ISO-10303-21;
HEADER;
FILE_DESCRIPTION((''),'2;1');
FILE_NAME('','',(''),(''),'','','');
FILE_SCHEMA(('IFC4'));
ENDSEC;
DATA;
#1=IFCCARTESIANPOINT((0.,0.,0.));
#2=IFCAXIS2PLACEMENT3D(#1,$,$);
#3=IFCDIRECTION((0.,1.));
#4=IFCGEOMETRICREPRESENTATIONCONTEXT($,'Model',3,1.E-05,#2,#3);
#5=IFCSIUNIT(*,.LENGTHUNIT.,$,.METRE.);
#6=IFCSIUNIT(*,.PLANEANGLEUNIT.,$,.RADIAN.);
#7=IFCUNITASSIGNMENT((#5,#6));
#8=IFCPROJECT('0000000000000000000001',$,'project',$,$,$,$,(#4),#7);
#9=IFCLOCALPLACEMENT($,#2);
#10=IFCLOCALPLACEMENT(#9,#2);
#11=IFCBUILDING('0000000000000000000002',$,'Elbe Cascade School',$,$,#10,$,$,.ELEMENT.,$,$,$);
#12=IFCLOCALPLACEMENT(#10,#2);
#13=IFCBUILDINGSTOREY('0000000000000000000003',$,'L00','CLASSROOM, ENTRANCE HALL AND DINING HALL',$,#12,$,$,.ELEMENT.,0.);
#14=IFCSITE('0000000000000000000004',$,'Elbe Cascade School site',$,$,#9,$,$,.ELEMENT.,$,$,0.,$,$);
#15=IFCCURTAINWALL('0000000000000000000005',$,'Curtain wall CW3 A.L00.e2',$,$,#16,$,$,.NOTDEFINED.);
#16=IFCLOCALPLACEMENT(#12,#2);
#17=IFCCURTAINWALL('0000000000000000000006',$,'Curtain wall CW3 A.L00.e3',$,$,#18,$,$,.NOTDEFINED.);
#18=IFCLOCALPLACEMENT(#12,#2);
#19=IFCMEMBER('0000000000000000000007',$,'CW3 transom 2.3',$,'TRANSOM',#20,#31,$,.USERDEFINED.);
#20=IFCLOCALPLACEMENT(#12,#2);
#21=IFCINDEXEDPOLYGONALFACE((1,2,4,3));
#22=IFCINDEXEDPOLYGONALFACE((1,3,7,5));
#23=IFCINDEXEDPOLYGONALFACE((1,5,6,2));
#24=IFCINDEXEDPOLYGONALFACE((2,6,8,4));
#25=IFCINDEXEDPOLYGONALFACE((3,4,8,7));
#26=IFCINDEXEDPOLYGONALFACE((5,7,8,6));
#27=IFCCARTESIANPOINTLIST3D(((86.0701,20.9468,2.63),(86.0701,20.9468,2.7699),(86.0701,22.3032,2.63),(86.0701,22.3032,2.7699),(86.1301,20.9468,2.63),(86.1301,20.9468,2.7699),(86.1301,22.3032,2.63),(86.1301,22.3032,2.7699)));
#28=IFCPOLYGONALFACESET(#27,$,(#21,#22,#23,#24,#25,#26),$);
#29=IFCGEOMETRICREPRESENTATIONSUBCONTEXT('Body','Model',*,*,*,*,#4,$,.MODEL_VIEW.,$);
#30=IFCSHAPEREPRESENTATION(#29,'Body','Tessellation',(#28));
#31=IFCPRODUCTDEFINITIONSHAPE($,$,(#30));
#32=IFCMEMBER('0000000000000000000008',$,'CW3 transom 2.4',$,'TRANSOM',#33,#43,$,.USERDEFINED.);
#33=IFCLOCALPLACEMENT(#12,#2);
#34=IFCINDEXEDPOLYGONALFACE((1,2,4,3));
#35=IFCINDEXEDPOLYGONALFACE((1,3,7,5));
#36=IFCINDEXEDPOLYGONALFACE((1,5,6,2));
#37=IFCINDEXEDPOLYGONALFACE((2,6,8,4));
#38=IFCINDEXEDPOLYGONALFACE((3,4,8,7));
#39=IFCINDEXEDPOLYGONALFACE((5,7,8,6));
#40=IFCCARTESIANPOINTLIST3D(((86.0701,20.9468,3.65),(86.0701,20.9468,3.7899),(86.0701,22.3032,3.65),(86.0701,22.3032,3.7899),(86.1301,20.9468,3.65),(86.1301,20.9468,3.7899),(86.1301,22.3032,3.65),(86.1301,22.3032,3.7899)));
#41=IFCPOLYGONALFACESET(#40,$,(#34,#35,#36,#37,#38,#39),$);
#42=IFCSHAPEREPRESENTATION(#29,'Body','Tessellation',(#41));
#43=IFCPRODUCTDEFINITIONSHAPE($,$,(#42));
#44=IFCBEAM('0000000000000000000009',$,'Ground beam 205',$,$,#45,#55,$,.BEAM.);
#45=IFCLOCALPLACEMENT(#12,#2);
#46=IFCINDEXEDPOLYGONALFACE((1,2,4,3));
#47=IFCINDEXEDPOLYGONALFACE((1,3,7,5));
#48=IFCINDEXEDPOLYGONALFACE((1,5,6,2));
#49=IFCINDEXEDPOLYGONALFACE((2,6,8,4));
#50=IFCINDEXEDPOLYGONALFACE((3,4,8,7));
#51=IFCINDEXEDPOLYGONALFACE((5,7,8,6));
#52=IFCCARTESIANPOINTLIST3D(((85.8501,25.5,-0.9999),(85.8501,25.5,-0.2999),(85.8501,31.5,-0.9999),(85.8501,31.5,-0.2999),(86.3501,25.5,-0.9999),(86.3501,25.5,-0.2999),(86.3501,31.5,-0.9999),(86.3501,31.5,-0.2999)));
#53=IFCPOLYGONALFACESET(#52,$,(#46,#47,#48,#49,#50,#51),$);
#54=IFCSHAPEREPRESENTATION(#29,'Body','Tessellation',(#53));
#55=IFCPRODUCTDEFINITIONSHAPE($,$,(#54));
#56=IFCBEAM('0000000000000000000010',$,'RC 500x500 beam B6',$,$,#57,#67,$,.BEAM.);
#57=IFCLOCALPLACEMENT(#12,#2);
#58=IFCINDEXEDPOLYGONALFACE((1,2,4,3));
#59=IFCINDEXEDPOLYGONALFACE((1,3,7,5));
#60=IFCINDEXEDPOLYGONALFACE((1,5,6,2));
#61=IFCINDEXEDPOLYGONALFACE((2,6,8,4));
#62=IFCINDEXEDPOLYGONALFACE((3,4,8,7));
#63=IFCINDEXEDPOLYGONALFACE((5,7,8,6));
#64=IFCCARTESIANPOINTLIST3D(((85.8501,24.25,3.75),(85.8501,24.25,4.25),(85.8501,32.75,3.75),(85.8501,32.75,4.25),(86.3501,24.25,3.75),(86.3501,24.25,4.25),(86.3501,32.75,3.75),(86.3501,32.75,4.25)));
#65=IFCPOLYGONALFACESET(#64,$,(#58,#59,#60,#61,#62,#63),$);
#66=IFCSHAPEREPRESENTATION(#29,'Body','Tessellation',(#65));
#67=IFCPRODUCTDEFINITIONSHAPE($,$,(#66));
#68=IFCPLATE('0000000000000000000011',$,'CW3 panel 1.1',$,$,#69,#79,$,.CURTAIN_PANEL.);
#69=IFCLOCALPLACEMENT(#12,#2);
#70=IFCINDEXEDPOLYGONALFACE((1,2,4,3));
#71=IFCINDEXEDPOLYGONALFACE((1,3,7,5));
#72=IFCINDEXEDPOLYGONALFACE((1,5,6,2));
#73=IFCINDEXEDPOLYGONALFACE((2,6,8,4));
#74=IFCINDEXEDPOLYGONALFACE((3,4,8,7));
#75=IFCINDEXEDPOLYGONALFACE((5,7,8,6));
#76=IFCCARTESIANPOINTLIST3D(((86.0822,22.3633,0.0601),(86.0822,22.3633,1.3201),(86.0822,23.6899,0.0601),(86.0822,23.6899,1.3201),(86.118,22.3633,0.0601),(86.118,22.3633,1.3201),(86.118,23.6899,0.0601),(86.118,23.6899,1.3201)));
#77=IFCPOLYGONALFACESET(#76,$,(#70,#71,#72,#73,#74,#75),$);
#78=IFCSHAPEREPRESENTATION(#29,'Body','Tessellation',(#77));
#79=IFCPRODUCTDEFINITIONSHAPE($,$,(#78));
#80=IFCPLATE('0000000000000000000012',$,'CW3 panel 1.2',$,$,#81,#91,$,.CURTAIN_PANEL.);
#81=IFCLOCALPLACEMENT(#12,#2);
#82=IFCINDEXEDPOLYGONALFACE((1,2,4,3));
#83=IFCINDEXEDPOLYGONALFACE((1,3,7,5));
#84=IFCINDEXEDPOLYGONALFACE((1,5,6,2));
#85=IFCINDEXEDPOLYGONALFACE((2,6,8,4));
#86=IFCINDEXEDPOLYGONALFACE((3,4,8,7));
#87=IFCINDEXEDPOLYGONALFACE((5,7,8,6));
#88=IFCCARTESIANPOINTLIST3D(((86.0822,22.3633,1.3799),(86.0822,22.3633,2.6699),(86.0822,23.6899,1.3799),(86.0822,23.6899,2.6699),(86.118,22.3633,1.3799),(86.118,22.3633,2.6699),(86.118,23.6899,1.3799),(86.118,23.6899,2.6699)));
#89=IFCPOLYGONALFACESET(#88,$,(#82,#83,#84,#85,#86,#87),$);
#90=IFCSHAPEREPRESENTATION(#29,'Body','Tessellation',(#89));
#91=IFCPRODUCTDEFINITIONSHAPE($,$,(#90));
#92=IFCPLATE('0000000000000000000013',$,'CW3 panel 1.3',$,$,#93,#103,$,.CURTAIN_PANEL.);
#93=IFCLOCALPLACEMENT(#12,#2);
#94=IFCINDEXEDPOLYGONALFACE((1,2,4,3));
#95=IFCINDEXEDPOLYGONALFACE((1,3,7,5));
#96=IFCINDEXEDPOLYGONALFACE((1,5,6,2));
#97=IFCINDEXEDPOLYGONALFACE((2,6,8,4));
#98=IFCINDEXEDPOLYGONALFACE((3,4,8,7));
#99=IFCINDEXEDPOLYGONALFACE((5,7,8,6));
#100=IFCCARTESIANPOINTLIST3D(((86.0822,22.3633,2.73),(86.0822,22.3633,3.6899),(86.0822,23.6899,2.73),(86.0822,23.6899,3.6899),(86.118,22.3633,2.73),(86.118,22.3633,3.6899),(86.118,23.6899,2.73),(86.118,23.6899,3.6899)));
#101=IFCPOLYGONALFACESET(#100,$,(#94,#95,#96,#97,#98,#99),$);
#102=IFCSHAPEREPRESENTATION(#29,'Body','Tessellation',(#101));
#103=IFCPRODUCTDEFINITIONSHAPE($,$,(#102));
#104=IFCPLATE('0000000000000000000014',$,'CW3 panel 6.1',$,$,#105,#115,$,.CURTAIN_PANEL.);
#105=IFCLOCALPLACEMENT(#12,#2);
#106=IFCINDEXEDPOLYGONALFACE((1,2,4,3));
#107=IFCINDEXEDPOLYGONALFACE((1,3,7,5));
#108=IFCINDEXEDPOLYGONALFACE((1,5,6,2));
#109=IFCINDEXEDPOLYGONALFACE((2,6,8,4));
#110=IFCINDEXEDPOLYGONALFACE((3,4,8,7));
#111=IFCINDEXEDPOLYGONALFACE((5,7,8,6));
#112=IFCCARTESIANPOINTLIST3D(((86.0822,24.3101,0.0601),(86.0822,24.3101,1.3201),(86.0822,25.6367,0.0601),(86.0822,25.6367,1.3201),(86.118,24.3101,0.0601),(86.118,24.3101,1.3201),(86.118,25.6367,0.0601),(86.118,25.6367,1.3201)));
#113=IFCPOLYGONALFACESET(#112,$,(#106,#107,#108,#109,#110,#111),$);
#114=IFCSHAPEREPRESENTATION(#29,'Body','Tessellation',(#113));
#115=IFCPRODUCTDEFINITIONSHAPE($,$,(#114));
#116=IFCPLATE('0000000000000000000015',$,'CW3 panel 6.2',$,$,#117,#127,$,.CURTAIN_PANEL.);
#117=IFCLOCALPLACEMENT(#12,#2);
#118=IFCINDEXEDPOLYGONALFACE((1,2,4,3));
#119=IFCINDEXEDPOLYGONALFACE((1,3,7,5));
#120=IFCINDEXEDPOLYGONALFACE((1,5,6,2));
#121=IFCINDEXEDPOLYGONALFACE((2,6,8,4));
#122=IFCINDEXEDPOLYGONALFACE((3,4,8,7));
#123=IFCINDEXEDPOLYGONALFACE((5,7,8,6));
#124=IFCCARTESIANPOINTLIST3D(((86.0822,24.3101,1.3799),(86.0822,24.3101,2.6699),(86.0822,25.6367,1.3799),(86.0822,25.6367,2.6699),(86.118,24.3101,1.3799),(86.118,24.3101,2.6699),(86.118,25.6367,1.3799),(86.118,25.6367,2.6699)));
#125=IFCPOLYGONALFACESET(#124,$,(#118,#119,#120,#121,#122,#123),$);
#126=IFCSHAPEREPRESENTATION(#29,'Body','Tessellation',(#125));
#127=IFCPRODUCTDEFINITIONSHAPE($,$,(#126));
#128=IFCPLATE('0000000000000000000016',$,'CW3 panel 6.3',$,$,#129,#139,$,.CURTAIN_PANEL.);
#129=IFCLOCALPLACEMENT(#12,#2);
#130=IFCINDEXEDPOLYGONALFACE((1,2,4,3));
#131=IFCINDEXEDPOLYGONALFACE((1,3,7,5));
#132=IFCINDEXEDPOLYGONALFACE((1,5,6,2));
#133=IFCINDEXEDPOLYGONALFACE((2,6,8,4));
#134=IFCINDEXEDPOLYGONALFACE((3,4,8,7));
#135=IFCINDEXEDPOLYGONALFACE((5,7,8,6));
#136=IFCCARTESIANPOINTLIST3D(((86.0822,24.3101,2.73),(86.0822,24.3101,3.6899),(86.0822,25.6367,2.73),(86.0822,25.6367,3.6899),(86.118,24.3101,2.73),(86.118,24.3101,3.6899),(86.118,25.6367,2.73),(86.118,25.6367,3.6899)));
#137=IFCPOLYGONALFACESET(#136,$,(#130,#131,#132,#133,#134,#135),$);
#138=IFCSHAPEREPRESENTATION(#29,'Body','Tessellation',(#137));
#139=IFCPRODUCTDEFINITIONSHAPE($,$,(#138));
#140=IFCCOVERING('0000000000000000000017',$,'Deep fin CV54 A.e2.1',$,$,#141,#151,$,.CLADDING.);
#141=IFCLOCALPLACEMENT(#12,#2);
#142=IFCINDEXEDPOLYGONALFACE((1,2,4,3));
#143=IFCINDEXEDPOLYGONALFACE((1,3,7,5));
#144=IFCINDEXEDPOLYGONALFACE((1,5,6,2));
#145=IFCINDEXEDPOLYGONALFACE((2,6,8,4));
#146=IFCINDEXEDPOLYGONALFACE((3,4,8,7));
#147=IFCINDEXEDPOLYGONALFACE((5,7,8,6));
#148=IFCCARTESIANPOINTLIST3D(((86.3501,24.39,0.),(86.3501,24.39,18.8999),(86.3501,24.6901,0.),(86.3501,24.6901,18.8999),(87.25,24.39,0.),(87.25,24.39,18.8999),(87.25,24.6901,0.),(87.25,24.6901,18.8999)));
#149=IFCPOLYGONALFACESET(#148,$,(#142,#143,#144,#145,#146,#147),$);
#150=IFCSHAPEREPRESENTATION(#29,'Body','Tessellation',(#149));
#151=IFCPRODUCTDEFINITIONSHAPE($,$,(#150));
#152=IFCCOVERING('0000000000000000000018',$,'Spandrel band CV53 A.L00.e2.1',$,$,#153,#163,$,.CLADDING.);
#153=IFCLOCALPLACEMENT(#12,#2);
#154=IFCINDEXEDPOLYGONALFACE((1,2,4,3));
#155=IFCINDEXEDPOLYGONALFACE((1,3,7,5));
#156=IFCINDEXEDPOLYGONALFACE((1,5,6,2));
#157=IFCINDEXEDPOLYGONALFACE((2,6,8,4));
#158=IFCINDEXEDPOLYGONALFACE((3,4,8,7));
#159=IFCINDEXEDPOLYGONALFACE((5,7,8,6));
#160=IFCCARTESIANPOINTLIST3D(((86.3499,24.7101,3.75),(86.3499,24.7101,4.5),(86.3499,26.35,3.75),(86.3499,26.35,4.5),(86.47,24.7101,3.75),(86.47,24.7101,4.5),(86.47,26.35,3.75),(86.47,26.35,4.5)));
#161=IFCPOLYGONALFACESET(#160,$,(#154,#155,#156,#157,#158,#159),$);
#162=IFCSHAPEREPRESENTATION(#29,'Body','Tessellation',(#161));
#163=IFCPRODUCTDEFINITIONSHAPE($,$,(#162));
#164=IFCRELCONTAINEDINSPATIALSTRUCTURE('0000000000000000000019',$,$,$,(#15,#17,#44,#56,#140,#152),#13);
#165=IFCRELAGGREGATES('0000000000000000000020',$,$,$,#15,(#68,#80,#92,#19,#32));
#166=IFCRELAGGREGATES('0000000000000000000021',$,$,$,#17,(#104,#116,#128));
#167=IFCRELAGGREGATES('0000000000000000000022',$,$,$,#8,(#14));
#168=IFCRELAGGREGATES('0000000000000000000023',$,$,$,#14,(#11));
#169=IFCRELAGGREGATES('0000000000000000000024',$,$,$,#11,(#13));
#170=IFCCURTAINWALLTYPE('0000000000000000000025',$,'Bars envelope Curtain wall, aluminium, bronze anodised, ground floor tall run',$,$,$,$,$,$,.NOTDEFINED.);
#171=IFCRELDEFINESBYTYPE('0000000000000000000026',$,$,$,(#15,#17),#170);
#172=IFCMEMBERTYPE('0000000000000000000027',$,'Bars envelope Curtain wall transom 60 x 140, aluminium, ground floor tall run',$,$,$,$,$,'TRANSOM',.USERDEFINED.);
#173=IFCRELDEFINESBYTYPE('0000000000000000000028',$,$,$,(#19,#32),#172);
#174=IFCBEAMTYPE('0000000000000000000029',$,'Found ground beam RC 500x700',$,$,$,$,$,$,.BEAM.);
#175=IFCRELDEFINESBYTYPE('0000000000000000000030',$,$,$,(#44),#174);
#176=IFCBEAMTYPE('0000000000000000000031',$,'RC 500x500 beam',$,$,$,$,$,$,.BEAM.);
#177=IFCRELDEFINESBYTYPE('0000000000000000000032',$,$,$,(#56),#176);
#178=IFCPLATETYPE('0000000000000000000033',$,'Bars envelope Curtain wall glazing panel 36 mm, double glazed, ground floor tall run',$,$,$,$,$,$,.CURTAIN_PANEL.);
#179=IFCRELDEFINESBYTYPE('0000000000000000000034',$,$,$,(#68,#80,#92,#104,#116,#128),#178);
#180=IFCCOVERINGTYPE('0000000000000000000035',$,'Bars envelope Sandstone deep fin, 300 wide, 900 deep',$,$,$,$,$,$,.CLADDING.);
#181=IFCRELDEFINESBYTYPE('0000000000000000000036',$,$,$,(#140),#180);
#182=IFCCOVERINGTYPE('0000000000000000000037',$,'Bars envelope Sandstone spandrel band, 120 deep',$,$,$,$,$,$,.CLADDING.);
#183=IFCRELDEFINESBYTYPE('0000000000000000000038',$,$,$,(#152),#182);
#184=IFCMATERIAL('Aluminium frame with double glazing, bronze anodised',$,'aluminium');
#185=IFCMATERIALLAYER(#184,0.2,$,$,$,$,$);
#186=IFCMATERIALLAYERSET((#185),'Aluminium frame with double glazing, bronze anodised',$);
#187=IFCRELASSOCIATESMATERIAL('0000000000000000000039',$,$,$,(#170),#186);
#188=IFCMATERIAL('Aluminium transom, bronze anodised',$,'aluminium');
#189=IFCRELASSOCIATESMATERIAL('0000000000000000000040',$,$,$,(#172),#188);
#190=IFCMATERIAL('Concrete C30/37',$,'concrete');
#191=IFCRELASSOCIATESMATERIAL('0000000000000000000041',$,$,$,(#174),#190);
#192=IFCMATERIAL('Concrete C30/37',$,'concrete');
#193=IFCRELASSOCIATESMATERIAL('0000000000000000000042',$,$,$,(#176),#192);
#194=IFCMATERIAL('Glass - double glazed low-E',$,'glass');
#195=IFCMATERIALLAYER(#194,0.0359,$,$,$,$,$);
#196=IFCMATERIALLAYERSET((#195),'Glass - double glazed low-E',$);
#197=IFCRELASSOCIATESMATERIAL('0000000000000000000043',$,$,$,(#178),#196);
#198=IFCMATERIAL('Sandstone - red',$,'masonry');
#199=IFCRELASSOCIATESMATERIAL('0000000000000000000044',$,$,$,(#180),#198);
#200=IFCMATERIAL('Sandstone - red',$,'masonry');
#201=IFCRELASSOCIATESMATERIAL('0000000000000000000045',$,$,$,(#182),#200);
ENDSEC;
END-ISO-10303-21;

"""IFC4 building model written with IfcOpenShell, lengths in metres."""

from ifc_helpers import new_model, si_unit, direction, frame, origin, origin_2d, place, context, subcontext, project, spatial, rectangle, extrude, material, layer, layer_set, material_profile, profile_set, type_object, element, aggregate, save


model = new_model("IFC4")

# Units and contexts
model_context = context("Model", 3, precision=1e-05, world=origin(), true_north=direction((0.0, 1.0)))
body_context = subcontext(model_context, "Body", "Model", "MODEL_VIEW")
ifc_project = project(units=[si_unit("LENGTHUNIT", "METRE"), si_unit("PLANEANGLEUNIT", "RADIAN")], contexts=[model_context])

# Site, building, storey
site_placement = place(None, origin())
site = spatial("IfcSite", under=ifc_project, at=site_placement, Name="Elbe Cascade School site", CompositionType="ELEMENT", RefElevation=0.0)
building_placement = place(site_placement, origin())
building = spatial("IfcBuilding", under=site, at=building_placement, Name="Elbe Cascade School", CompositionType="ELEMENT")
storey_placement = place(building_placement, origin())
storey = spatial("IfcBuildingStorey", under=building, at=storey_placement, Name="L00", Description="CLASSROOM, ENTRANCE HALL AND DINING HALL", CompositionType="ELEMENT", Elevation=0.0)

# Curtain wall
ifc_material_1 = material(Name="Aluminium frame with double glazing, bronze anodised", Category="aluminium")
ifc_layer_1 = layer(ifc_material_1, 0.2)
ifc_layer_set_1 = layer_set([ifc_layer_1], Name="Aluminium frame with double glazing, bronze anodised")
curtain_wall_type = type_object("IfcCurtainWallType", Name="Bars envelope Curtain wall, aluminium, bronze anodised, ground floor tall run", PredefinedType="NOTDEFINED", material=ifc_layer_set_1)
curtain_wall_1_placement = place(storey_placement, origin())
curtain_wall_1 = element("IfcCurtainWall", 1, at=curtain_wall_1_placement, inside=storey, type_object=curtain_wall_type, Name="Curtain wall CW3 A.L00.e2", PredefinedType="NOTDEFINED")

# Curtain wall
curtain_wall_2_placement = place(storey_placement, origin())
curtain_wall_2 = element("IfcCurtainWall", 2, at=curtain_wall_2_placement, inside=storey, type_object=curtain_wall_type, Name="Curtain wall CW3 A.L00.e3", PredefinedType="NOTDEFINED")

# Members
ifc_material_2 = material(Name="Aluminium transom, bronze anodised", Category="aluminium")
ifc_material_profile_1 = material_profile(ifc_material_2, rectangle(XDim=0.0601, YDim=0.1399, at=origin_2d()), Name="Bars envelope Curtain wall transom 60 x 140, aluminium, ground floor tall run")
ifc_profile_set_1 = profile_set([ifc_material_profile_1], Name="Aluminium transom, bronze anodised")
member_type_1 = type_object("IfcMemberType", Name="Bars envelope Curtain wall transom 60 x 140, aluminium, ground floor tall run", ElementType="TRANSOM", PredefinedType="USERDEFINED", material=ifc_profile_set_1)
member_1_placement = place(storey_placement, frame((86.1001, 22.3032, 2.7), z_axis=(0.0, -1.0, 0.0), x_axis=(1.0, 0.0, 0.0)))
member_1 = element("IfcMember", 3, at=member_1_placement, type_object=member_type_1, Name="CW3 transom 2.3", ObjectType="TRANSOM", PredefinedType="USERDEFINED", context=body_context, shape_type="SweptSolid", body=[
    extrude(rectangle(XDim=0.0601, YDim=0.1399, at=origin_2d()), origin(), (0.0, 0.0, 1.0), 1.3564),
])
member_2_placement = place(storey_placement, frame((86.1001, 22.3032, 3.72), z_axis=(0.0, -1.0, 0.0), x_axis=(1.0, 0.0, 0.0)))
member_2 = element("IfcMember", 4, at=member_2_placement, type_object=member_type_1, Name="CW3 transom 2.4", ObjectType="TRANSOM", PredefinedType="USERDEFINED", context=body_context, shape_type="SweptSolid", body=[
    extrude(rectangle(XDim=0.0601, YDim=0.1399, at=origin_2d()), origin(), (0.0, 0.0, 1.0), 1.3564),
])

# Beams
ifc_material_3 = material(Name="Concrete C30/37", Category="concrete")
ifc_material_profile_2 = material_profile(ifc_material_3, rectangle(XDim=0.5, YDim=0.7, at=origin_2d()), Name="RC 500x700")
ifc_profile_set_2 = profile_set([ifc_material_profile_2], Name="Concrete C30/37")
beam_type_1 = type_object("IfcBeamType", Name="Found ground beam RC 500x700", PredefinedType="BEAM", material=ifc_profile_set_2)
beam_1_placement = place(storey_placement, frame((86.1001, 25.5, -0.6499), z_axis=(0.0, 1.0, 0.0), x_axis=(-1.0, 0.0, 0.0)))
element("IfcBeam", 5, at=beam_1_placement, inside=storey, type_object=beam_type_1, Name="Ground beam 205", PredefinedType="BEAM", context=body_context, shape_type="SweptSolid", body=[
    extrude(rectangle(XDim=0.5, YDim=0.7, at=origin_2d()), origin(), (0.0, 0.0, 1.0), 6.0),
])
ifc_material_4 = material(Name="Concrete C30/37", Category="concrete")
ifc_material_profile_3 = material_profile(ifc_material_4, rectangle(XDim=0.5, YDim=0.5, at=origin_2d()), Name="RC 500x500")
ifc_profile_set_3 = profile_set([ifc_material_profile_3], Name="Concrete C30/37")
beam_type_2 = type_object("IfcBeamType", Name="RC 500x500 beam", PredefinedType="BEAM", material=ifc_profile_set_3)
beam_2_placement = place(storey_placement, frame((86.1001, 24.25, 4.0), z_axis=(0.0, 1.0, 0.0), x_axis=(-1.0, 0.0, 0.0)))
element("IfcBeam", 6, at=beam_2_placement, inside=storey, type_object=beam_type_2, Name="RC 500x500 beam B6", PredefinedType="BEAM", context=body_context, shape_type="SweptSolid", body=[
    extrude(rectangle(XDim=0.5, YDim=0.5, at=origin_2d()), origin(), (0.0, 0.0, 1.0), 8.5),
])

# Plates
ifc_material_5 = material(Name="Glass - double glazed low-E", Category="glass")
ifc_layer_2 = layer(ifc_material_5, 0.0359)
ifc_layer_set_2 = layer_set([ifc_layer_2], Name="Glass - double glazed low-E")
plate_type = type_object("IfcPlateType", Name="Bars envelope Curtain wall glazing panel 36 mm, double glazed, ground floor tall run", PredefinedType="CURTAIN_PANEL", material=ifc_layer_set_2)
plate_1_placement = place(storey_placement, frame((86.1001, 23.0266, 0.0601), z_axis=(0.0, 0.0, 1.0), x_axis=(0.0, -1.0, 0.0)))
plate_1 = element("IfcPlate", 7, at=plate_1_placement, type_object=plate_type, Name="CW3 panel 1.1", PredefinedType="CURTAIN_PANEL", context=body_context, shape_type="SweptSolid", body=[
    extrude(rectangle(XDim=1.3267, YDim=0.0359, at=origin_2d()), origin(), (0.0, 0.0, 1.0), 1.26),
])
plate_2_placement = place(storey_placement, frame((86.1001, 23.0266, 1.3799), z_axis=(0.0, 0.0, 1.0), x_axis=(0.0, -1.0, 0.0)))
plate_2 = element("IfcPlate", 8, at=plate_2_placement, type_object=plate_type, Name="CW3 panel 1.2", PredefinedType="CURTAIN_PANEL", context=body_context, shape_type="SweptSolid", body=[
    extrude(rectangle(XDim=1.3267, YDim=0.0359, at=origin_2d()), origin(), (0.0, 0.0, 1.0), 1.29),
])
plate_3_placement = place(storey_placement, frame((86.1001, 23.0266, 2.73), z_axis=(0.0, 0.0, 1.0), x_axis=(0.0, -1.0, 0.0)))
plate_3 = element("IfcPlate", 9, at=plate_3_placement, type_object=plate_type, Name="CW3 panel 1.3", PredefinedType="CURTAIN_PANEL", context=body_context, shape_type="SweptSolid", body=[
    extrude(rectangle(XDim=1.3267, YDim=0.0359, at=origin_2d()), origin(), (0.0, 0.0, 1.0), 0.96),
])
aggregate(curtain_wall_1, [plate_1, plate_2, plate_3, member_1, member_2])
plate_4_placement = place(storey_placement, frame((86.1001, 24.9734, 0.0601), z_axis=(0.0, 0.0, 1.0), x_axis=(0.0, -1.0, 0.0)))
plate_4 = element("IfcPlate", 10, at=plate_4_placement, type_object=plate_type, Name="CW3 panel 6.1", PredefinedType="CURTAIN_PANEL", context=body_context, shape_type="SweptSolid", body=[
    extrude(rectangle(XDim=1.3267, YDim=0.0359, at=origin_2d()), origin(), (0.0, 0.0, 1.0), 1.26),
])
plate_5_placement = place(storey_placement, frame((86.1001, 24.9734, 1.3799), z_axis=(0.0, 0.0, 1.0), x_axis=(0.0, -1.0, 0.0)))
plate_5 = element("IfcPlate", 11, at=plate_5_placement, type_object=plate_type, Name="CW3 panel 6.2", PredefinedType="CURTAIN_PANEL", context=body_context, shape_type="SweptSolid", body=[
    extrude(rectangle(XDim=1.3267, YDim=0.0359, at=origin_2d()), origin(), (0.0, 0.0, 1.0), 1.29),
])
plate_6_placement = place(storey_placement, frame((86.1001, 24.9734, 2.73), z_axis=(0.0, 0.0, 1.0), x_axis=(0.0, -1.0, 0.0)))
plate_6 = element("IfcPlate", 12, at=plate_6_placement, type_object=plate_type, Name="CW3 panel 6.3", PredefinedType="CURTAIN_PANEL", context=body_context, shape_type="SweptSolid", body=[
    extrude(rectangle(XDim=1.3267, YDim=0.0359, at=origin_2d()), origin(), (0.0, 0.0, 1.0), 0.96),
])
aggregate(curtain_wall_2, [plate_4, plate_5, plate_6])

# Coverings
ifc_material_6 = material(Name="Sandstone - red", Category="masonry")
covering_type_1 = type_object("IfcCoveringType", Name="Bars envelope Sandstone deep fin, 300 wide, 900 deep", PredefinedType="CLADDING", material=ifc_material_6)
covering_1_placement = place(storey_placement, frame((86.8, 24.54, 0.0), z_axis=(0.0, 0.0, 1.0), x_axis=(0.0, 1.0, 0.0)))
element("IfcCovering", 13, at=covering_1_placement, inside=storey, type_object=covering_type_1, Name="Deep fin CV54 A.e2.1", PredefinedType="CLADDING", context=body_context, shape_type="SweptSolid", body=[
    extrude(rectangle(XDim=0.3, YDim=0.8999, at=origin_2d()), origin(), (0.0, 0.0, 1.0), 18.8999),
])
ifc_material_7 = material(Name="Sandstone - red", Category="masonry")
covering_type_2 = type_object("IfcCoveringType", Name="Bars envelope Sandstone spandrel band, 120 deep", PredefinedType="CLADDING", material=ifc_material_7)
covering_2_placement = place(storey_placement, frame((86.4099, 25.53, 3.75), z_axis=(0.0, 0.0, 1.0), x_axis=(0.0, 1.0, 0.0)))
element("IfcCovering", 14, at=covering_2_placement, inside=storey, type_object=covering_type_2, Name="Spandrel band CV53 A.L00.e2.1", PredefinedType="CLADDING", context=body_context, shape_type="SweptSolid", body=[
    extrude(rectangle(XDim=1.6399, YDim=0.1201, at=origin_2d()), origin(), (0.0, 0.0, 1.0), 0.75),
])

save(model, "model.ifc")
